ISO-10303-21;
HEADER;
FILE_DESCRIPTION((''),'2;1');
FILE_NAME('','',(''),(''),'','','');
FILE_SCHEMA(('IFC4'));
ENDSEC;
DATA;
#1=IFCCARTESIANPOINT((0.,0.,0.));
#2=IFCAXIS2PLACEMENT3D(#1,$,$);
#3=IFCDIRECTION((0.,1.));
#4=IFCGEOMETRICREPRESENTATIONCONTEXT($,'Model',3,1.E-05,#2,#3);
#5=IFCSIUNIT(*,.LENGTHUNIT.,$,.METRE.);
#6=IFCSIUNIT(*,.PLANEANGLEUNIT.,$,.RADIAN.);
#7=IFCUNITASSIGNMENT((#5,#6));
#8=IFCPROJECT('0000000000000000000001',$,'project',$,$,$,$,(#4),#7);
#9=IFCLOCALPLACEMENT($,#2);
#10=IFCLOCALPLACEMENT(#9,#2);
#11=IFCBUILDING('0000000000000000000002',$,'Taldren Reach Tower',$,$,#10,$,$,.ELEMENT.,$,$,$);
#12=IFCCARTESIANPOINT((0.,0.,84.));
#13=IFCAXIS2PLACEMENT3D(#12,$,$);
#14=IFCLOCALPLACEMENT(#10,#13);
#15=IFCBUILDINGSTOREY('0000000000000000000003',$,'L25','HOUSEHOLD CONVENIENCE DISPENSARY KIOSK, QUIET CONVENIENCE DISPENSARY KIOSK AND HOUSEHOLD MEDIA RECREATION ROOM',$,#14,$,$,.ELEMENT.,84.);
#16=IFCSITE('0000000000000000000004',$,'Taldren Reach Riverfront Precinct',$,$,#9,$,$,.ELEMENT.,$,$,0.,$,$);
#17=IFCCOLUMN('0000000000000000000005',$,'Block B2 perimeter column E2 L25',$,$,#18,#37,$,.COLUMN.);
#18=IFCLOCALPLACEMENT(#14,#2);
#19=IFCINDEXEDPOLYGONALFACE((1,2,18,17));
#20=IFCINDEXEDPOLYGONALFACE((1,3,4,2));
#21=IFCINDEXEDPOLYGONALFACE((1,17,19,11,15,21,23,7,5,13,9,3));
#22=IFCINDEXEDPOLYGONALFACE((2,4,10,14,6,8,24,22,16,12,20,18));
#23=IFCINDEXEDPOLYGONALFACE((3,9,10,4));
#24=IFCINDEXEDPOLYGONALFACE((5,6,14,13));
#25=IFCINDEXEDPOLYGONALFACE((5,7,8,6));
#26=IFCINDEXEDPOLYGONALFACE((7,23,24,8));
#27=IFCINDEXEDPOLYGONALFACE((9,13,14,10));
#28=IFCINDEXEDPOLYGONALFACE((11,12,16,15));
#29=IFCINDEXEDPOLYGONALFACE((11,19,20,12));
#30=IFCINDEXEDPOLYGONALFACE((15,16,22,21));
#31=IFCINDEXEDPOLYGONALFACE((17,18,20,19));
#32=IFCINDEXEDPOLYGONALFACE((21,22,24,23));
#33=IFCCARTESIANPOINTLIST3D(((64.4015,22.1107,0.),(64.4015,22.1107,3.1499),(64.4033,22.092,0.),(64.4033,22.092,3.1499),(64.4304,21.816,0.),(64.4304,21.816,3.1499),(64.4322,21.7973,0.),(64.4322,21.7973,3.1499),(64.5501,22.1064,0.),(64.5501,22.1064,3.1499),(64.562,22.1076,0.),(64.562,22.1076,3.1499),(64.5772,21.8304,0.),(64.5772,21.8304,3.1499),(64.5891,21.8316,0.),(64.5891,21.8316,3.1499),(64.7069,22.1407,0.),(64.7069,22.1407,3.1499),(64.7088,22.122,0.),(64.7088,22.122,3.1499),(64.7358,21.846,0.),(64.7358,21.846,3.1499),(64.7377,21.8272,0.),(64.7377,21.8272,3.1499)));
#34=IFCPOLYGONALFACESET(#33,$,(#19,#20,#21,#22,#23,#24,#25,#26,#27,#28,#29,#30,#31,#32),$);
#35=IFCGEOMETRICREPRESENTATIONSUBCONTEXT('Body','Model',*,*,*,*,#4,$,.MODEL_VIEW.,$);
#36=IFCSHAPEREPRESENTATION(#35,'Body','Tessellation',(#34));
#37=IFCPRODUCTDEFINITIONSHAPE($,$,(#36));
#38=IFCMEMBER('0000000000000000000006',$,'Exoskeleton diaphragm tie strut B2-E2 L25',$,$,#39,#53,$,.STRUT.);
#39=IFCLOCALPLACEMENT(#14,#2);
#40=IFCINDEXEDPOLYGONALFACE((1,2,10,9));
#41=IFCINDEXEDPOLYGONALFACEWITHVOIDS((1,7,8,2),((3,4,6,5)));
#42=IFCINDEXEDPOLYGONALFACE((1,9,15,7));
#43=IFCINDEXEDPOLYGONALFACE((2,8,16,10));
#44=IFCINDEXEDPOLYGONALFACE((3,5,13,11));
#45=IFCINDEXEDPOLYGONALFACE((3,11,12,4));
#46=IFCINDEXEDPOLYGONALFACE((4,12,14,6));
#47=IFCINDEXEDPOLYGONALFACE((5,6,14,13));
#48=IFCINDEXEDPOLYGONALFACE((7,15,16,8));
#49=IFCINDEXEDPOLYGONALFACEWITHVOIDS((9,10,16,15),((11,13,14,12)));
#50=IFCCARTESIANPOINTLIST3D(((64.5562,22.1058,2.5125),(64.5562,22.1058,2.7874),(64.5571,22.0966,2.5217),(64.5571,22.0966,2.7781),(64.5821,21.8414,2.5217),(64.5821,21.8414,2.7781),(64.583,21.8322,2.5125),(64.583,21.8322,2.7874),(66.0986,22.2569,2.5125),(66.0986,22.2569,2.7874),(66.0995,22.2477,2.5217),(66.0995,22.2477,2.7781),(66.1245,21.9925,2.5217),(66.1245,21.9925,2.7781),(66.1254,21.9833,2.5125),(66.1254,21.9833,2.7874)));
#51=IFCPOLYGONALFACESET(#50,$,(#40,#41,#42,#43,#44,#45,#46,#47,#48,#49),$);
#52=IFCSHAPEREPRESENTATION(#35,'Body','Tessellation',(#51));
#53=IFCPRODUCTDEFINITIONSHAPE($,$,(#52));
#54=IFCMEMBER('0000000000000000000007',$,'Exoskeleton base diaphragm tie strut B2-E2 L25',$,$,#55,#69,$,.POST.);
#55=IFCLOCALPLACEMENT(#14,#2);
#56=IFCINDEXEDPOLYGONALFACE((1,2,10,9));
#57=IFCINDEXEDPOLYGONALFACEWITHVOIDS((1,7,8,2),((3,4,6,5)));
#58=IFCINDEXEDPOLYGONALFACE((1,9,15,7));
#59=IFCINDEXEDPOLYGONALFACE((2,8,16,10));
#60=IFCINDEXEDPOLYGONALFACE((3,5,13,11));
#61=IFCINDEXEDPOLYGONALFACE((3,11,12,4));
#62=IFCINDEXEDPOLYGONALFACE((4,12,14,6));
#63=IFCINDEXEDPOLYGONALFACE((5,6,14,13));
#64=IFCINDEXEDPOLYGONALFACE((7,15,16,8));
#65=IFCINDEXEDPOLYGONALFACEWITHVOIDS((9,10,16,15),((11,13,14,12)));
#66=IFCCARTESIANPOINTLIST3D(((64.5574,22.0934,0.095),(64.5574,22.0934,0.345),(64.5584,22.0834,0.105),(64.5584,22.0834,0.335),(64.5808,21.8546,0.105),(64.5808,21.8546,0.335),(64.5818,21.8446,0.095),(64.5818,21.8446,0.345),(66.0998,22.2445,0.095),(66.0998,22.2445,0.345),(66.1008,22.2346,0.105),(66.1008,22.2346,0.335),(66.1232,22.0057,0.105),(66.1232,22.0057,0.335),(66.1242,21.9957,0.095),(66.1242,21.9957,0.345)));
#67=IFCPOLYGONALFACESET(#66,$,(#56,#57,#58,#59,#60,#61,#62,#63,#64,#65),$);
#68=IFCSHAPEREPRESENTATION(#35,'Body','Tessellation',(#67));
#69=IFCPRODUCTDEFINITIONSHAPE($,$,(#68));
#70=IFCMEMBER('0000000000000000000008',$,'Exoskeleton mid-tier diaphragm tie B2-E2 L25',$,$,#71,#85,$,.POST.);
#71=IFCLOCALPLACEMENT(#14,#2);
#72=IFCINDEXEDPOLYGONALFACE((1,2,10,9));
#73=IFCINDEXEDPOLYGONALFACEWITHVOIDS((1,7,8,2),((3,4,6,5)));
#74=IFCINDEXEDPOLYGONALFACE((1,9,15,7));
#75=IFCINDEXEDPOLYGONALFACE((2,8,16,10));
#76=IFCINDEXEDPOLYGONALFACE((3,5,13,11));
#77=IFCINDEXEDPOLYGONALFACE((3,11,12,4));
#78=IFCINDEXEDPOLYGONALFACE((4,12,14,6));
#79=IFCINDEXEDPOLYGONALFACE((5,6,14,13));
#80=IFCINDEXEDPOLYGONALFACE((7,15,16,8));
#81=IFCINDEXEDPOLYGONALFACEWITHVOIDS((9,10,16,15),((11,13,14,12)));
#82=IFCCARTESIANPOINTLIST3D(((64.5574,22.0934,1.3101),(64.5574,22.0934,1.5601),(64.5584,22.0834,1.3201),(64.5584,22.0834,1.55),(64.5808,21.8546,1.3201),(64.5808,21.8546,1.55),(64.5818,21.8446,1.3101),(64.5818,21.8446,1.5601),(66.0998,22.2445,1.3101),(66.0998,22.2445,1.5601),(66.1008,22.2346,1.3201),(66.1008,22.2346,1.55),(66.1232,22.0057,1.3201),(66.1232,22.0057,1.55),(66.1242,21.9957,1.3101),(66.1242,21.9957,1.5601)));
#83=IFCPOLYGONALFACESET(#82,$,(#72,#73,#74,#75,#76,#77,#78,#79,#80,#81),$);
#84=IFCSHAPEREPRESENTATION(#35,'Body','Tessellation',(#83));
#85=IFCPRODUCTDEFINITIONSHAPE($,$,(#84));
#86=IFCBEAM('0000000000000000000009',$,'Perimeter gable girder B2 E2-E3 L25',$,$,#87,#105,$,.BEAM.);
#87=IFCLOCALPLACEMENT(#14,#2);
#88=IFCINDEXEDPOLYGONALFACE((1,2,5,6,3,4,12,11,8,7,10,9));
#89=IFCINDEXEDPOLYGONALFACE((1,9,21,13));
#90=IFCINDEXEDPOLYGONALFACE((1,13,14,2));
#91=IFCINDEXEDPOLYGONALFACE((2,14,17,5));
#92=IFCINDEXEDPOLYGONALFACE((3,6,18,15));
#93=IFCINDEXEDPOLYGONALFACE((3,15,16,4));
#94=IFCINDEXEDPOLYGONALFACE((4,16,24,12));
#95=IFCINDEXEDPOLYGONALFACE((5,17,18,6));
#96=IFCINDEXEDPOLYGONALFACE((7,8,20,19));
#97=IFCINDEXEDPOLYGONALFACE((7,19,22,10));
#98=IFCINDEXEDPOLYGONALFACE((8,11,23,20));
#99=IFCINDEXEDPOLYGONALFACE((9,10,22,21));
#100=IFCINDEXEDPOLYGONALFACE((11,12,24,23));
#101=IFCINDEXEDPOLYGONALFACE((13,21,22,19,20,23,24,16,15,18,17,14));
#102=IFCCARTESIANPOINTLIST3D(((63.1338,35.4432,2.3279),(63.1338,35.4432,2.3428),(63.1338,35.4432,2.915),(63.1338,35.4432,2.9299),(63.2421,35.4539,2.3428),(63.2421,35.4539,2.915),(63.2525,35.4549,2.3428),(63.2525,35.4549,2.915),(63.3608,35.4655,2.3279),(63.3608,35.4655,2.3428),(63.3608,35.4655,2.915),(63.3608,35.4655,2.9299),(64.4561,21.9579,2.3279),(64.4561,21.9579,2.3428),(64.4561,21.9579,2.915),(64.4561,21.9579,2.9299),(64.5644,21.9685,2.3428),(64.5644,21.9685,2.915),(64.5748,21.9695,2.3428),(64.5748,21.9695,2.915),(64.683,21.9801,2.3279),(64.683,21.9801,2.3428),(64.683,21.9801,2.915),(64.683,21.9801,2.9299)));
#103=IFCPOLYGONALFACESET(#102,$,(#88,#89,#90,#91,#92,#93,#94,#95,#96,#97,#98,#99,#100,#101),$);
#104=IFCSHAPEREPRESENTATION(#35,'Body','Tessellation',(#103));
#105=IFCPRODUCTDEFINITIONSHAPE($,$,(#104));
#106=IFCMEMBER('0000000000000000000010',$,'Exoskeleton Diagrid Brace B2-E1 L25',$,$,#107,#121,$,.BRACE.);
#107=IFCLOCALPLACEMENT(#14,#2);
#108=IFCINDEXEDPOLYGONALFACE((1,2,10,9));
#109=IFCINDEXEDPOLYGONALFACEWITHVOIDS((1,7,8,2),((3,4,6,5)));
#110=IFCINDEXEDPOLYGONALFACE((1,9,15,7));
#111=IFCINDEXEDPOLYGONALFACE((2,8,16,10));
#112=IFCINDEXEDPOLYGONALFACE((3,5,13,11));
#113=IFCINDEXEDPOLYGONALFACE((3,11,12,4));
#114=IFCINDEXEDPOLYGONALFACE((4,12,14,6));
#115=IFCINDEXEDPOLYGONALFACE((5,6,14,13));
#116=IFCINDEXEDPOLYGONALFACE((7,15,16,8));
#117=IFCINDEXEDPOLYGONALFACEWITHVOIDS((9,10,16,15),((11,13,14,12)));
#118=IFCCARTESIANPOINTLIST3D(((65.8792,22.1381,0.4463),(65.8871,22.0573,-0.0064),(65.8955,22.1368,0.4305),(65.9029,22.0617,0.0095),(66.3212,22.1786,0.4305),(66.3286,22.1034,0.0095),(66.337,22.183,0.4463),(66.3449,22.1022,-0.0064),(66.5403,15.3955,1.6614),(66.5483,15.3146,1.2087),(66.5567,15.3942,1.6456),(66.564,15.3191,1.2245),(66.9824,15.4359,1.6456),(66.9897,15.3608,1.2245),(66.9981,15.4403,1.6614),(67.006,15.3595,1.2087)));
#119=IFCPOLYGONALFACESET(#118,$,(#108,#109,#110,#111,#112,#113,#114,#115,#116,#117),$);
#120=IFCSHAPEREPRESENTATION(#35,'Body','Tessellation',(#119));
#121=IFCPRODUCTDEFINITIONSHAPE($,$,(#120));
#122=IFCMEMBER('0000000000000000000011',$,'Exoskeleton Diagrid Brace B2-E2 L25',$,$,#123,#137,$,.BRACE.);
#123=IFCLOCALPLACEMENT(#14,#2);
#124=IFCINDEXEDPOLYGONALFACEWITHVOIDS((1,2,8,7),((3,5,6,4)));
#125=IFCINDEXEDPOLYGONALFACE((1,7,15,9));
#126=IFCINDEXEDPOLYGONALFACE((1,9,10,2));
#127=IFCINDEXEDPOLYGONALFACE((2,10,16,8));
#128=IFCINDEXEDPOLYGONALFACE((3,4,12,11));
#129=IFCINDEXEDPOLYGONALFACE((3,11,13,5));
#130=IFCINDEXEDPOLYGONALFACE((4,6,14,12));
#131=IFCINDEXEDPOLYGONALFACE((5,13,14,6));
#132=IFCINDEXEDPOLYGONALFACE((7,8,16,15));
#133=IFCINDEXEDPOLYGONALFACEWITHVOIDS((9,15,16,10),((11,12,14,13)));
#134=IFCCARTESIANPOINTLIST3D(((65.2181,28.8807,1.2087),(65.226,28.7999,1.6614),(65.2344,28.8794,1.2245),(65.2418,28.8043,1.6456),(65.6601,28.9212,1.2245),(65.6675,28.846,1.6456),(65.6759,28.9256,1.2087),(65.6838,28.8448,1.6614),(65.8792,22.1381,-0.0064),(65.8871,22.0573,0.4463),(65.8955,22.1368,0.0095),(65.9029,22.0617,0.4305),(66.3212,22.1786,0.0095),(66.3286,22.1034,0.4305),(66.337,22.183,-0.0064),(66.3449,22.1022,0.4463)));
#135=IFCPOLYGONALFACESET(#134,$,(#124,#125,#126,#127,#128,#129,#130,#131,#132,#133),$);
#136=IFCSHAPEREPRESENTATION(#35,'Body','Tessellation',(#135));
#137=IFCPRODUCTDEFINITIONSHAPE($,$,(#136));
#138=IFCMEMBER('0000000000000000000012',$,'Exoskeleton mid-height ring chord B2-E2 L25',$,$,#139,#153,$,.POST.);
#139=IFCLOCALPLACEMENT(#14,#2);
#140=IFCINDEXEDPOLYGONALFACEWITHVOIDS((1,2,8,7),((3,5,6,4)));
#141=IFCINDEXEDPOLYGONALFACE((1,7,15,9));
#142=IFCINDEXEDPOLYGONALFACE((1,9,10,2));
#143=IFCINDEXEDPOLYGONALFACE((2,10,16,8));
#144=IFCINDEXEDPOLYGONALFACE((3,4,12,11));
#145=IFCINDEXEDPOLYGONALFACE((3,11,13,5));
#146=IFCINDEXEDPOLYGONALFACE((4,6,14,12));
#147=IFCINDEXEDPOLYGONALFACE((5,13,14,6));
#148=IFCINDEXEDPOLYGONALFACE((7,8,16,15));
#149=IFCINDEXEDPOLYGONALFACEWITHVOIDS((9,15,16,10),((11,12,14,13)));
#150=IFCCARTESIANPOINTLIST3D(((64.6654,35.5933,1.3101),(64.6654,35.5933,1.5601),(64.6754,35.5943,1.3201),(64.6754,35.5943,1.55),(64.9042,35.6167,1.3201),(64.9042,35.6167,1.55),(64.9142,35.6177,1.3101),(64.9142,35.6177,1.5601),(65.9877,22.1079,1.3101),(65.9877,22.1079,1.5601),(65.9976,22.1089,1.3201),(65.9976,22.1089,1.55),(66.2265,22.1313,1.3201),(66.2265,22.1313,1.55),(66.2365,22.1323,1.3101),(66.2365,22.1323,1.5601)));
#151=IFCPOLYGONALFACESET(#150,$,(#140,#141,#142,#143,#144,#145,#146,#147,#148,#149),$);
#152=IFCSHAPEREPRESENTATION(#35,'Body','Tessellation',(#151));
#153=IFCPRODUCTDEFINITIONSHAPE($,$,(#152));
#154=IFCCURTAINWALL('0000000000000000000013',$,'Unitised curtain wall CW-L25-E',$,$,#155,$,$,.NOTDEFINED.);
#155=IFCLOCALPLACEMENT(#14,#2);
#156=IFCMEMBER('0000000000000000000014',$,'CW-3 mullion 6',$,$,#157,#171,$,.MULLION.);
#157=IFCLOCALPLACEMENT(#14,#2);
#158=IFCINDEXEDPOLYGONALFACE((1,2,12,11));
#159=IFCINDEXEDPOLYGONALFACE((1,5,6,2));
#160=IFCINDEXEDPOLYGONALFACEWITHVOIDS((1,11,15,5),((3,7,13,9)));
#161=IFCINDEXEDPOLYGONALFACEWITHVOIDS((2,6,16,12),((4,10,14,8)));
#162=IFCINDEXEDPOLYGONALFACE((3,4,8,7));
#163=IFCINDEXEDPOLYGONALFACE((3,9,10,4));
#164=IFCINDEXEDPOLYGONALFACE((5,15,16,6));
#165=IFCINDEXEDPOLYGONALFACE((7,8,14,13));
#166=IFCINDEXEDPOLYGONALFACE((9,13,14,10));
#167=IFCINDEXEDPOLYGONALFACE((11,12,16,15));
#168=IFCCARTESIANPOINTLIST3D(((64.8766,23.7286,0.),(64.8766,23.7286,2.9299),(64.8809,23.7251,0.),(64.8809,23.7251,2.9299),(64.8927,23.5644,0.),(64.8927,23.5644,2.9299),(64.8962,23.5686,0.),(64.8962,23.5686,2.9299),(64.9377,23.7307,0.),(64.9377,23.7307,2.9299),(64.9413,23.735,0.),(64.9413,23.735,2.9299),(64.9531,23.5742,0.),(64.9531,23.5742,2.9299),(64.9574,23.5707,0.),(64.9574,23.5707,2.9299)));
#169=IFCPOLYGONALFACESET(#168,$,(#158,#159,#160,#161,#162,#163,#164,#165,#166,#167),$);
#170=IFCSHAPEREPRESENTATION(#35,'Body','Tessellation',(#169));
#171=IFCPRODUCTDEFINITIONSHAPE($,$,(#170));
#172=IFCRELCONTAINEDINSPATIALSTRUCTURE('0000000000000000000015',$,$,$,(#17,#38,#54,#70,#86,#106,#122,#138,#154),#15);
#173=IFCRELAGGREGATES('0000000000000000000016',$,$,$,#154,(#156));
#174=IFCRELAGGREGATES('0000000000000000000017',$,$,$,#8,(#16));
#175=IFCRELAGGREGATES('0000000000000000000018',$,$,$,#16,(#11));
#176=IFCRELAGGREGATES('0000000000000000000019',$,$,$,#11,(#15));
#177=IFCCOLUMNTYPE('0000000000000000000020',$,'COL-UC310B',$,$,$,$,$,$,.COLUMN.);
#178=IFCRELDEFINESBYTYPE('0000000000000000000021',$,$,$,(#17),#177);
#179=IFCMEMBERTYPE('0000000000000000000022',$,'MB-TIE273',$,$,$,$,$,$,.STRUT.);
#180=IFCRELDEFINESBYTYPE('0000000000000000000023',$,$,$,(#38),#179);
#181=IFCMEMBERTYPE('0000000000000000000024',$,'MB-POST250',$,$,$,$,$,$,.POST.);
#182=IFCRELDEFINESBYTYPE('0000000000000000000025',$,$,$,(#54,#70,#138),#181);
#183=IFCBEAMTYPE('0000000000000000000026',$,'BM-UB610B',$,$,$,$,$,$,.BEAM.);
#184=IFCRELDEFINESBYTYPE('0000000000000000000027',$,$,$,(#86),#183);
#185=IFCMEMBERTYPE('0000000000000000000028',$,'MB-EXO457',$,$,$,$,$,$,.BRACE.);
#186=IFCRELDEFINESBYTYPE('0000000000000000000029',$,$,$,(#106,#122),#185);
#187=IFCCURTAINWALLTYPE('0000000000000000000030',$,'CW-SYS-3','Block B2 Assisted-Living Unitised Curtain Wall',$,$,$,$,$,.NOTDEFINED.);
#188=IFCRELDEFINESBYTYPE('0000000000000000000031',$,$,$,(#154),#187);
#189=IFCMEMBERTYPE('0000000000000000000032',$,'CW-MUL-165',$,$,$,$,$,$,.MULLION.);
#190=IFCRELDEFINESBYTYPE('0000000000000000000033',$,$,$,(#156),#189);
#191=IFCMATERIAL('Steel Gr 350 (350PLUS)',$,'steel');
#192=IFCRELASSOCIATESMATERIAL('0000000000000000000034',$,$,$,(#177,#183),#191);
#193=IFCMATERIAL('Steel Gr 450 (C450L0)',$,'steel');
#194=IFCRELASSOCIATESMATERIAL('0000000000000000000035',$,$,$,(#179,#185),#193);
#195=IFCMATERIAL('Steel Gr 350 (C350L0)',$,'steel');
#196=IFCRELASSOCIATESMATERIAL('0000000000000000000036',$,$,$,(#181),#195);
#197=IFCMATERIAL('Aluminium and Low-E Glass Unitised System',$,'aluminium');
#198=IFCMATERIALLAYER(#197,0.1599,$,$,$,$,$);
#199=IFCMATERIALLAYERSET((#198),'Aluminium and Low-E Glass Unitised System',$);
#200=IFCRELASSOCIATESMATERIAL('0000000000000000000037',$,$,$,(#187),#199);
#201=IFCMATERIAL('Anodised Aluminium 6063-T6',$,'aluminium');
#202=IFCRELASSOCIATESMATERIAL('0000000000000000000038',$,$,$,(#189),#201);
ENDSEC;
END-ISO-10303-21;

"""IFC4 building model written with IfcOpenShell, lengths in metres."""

from ifc_helpers import new_model, si_unit, direction, frame, origin, origin_2d, place, context, subcontext, project, spatial, hollow_rectangle, i_section, extrude, source, transform, mapped, material, layer, layer_set, material_profile, profile_set, type_object, element, aggregate, save


model = new_model("IFC4")

# Units and contexts
model_context = context("Model", 3, precision=1e-05, world=origin(), true_north=direction((0.0, 1.0)))
body_context = subcontext(model_context, "Body", "Model", "MODEL_VIEW")
ifc_project = project(units=[si_unit("LENGTHUNIT", "METRE"), si_unit("PLANEANGLEUNIT", "RADIAN")], contexts=[model_context])

# Site, building, storey
site_placement = place(None, origin())
site = spatial("IfcSite", under=ifc_project, at=site_placement, Name="Taldren Reach Riverfront Precinct", CompositionType="ELEMENT", RefElevation=0.0)
building_placement = place(site_placement, origin())
building = spatial("IfcBuilding", under=site, at=building_placement, Name="Taldren Reach Tower", CompositionType="ELEMENT")
storey_placement = place(building_placement, frame((0.0, 0.0, 84.0)))
storey = spatial("IfcBuildingStorey", under=building, at=storey_placement, Name="L25", Description="HOUSEHOLD CONVENIENCE DISPENSARY KIOSK, QUIET CONVENIENCE DISPENSARY KIOSK AND HOUSEHOLD MEDIA RECREATION ROOM", CompositionType="ELEMENT", Elevation=84.0)

# Column
ifc_material_1 = material(Name="Steel Gr 350 (350PLUS)", Category="steel")
ifc_material_profile_1 = material_profile(ifc_material_1, i_section(OverallWidth=0.3069, OverallDepth=0.3149, WebThickness=0.012, FlangeThickness=0.0188, at=origin_2d()), Name="310UC118")
ifc_profile_set_1 = profile_set([ifc_material_profile_1], Name="Steel Gr 350 (350PLUS)")
column_type = type_object("IfcColumnType", Name="COL-UC310B", PredefinedType="COLUMN", material=ifc_profile_set_1)
shared_shape_1 = source(origin(), body_context, "Body", "SweptSolid", [
    extrude(i_section(OverallWidth=0.3069, OverallDepth=0.3149, WebThickness=0.012, FlangeThickness=0.0188, at=origin_2d()), origin(), (0.0, 0.0, 1.0), 3.1499),
])
column_placement = place(storey_placement, frame((64.5696, 21.969, 0.0), z_axis=(0.0, 0.0, 1.0), x_axis=(0.995227, 0.097583, 0.0)))
element("IfcColumn", 1, at=column_placement, inside=storey, type_object=column_type, Name="Block B2 perimeter column E2 L25", PredefinedType="COLUMN", context=body_context, shape_type="MappedRepresentation", body=[
    mapped(shared_shape_1, transform((0.0, 0.0, 0.0), scale=1.0)),
])

# Members
ifc_material_2 = material(Name="Steel Gr 450 (C450L0)", Category="steel")
ifc_material_profile_2 = material_profile(ifc_material_2, hollow_rectangle(XDim=0.2749, YDim=0.2749, WallThickness=0.0093, at=origin_2d()), Name="275x275x9.3SHS")
ifc_profile_set_2 = profile_set([ifc_material_profile_2], Name="Steel Gr 450 (C450L0)")
member_type_1 = type_object("IfcMemberType", Name="MB-TIE273", PredefinedType="STRUT", material=ifc_profile_set_2)
shared_shape_2 = source(origin(), body_context, "Body", "SweptSolid", [
    extrude(hollow_rectangle(XDim=0.2749, YDim=0.2749, WallThickness=0.0093, at=origin_2d()), origin(), (0.0, 0.0, 1.0), 1.5498),
])
member_1_placement = place(storey_placement, frame((64.5696, 21.969, 2.6499), z_axis=(0.995235, 0.097507, 0.0), x_axis=(-0.097507, 0.995235, 0.0)))
element("IfcMember", 2, at=member_1_placement, inside=storey, type_object=member_type_1, Name="Exoskeleton diaphragm tie strut B2-E2 L25", PredefinedType="STRUT", context=body_context, shape_type="MappedRepresentation", body=[
    mapped(shared_shape_2, transform((0.0, 0.0, 0.0), scale=1.0)),
])
ifc_material_3 = material(Name="Steel Gr 350 (C350L0)", Category="steel")
ifc_material_profile_3 = material_profile(ifc_material_3, hollow_rectangle(XDim=0.25, YDim=0.25, WallThickness=0.01, at=origin_2d()), Name="250x250x10.0SHS")
ifc_profile_set_3 = profile_set([ifc_material_profile_3], Name="Steel Gr 350 (C350L0)")
member_type_2 = type_object("IfcMemberType", Name="MB-POST250", PredefinedType="POST", material=ifc_profile_set_3)
shared_shape_3 = source(origin(), body_context, "Body", "SweptSolid", [
    extrude(hollow_rectangle(XDim=0.25, YDim=0.25, WallThickness=0.01, at=origin_2d()), origin(), (0.0, 0.0, 1.0), 1.5498),
])
for number, where, z_axis, x_axis, name in (
    (3, (64.5696, 21.969, 0.22), (0.995235, 0.097507, 0.0), (-0.097507, 0.995235, 0.0), "Exoskeleton base diaphragm tie strut B2-E2 L25"),
    (4, (64.5696, 21.969, 1.4351), (0.995235, 0.097507, 0.0), (-0.097507, 0.995235, 0.0), "Exoskeleton mid-tier diaphragm tie B2-E2 L25"),
):
    element("IfcMember", number, at=place(storey_placement, frame(where, z_axis=z_axis, x_axis=x_axis)), inside=storey, type_object=member_type_2, Name=name, PredefinedType="POST", context=body_context, shape_type="MappedRepresentation", body=[
        mapped(shared_shape_3, transform((0.0, 0.0, 0.0), scale=1.0)),
    ])

# Beam
ifc_material_profile_4 = material_profile(ifc_material_1, i_section(OverallWidth=0.228, OverallDepth=0.6021, WebThickness=0.0105, FlangeThickness=0.0149, at=origin_2d()), Name="610UB101")
ifc_profile_set_4 = profile_set([ifc_material_profile_4], Name="Steel Gr 350 (350PLUS)")
beam_type = type_object("IfcBeamType", Name="BM-UB610B", PredefinedType="BEAM", material=ifc_profile_set_4)
shared_shape_4 = source(origin(), body_context, "Body", "SweptSolid", [
    extrude(i_section(OverallWidth=0.228, OverallDepth=0.6021, WebThickness=0.0105, FlangeThickness=0.0149, at=origin_2d()), origin(), (0.0, 0.0, 1.0), 13.55),
])
beam_placement = place(storey_placement, frame((64.5696, 21.969, 2.6289), z_axis=(-0.097584, 0.995227, 0.0), x_axis=(-0.995227, -0.097584, 0.0)))
element("IfcBeam", 5, at=beam_placement, inside=storey, type_object=beam_type, Name="Perimeter gable girder B2 E2-E3 L25", PredefinedType="BEAM", context=body_context, shape_type="MappedRepresentation", body=[
    mapped(shared_shape_4, transform((0.0, 0.0, 0.0), scale=1.0)),
])

# Members
ifc_material_profile_5 = material_profile(ifc_material_2, hollow_rectangle(XDim=0.46, YDim=0.46, WallThickness=0.0161, at=origin_2d()), Name="460x460x16.0SHS")
ifc_profile_set_5 = profile_set([ifc_material_profile_5], Name="Steel Gr 450 (C450L0)")
member_type_3 = type_object("IfcMemberType", Name="MB-EXO457", PredefinedType="BRACE", material=ifc_profile_set_5)
shared_shape_5 = source(origin(), body_context, "Body", "SweptSolid", [
    extrude(hollow_rectangle(XDim=0.46, YDim=0.46, WallThickness=0.0161, at=origin_2d()), origin(), (0.0, 0.0, 1.0), 6.8831),
])
for number, where, z_axis, x_axis, name in (
    (6, (66.1121, 22.1201, 0.22), (0.096051, -0.979597, 0.176532), (0.995227, 0.097584, 0.0), "Exoskeleton Diagrid Brace B2-E1 L25"),
    (7, (66.1121, 22.1201, 0.22), (-0.096051, 0.979597, 0.176532), (-0.995227, -0.097584, 0.0), "Exoskeleton Diagrid Brace B2-E2 L25"),
):
    element("IfcMember", number, at=place(storey_placement, frame(where, z_axis=z_axis, x_axis=x_axis)), inside=storey, type_object=member_type_3, Name=name, PredefinedType="BRACE", context=body_context, shape_type="MappedRepresentation", body=[
        mapped(shared_shape_5, transform((0.0, 0.0, 0.0), scale=1.0)),
    ])
shared_shape_6 = source(origin(), body_context, "Body", "SweptSolid", [
    extrude(hollow_rectangle(XDim=0.25, YDim=0.25, WallThickness=0.01, at=origin_2d()), origin(), (0.0, 0.0, 1.0), 13.55),
])
member_2_placement = place(storey_placement, frame((66.1121, 22.1201, 1.4351), z_axis=(-0.097584, 0.995227, 0.0), x_axis=(-0.995227, -0.097584, 0.0)))
element("IfcMember", 8, at=member_2_placement, inside=storey, type_object=member_type_2, Name="Exoskeleton mid-height ring chord B2-E2 L25", PredefinedType="POST", context=body_context, shape_type="MappedRepresentation", body=[
    mapped(shared_shape_6, transform((0.0, 0.0, 0.0), scale=1.0)),
])

# Curtain wall, member
ifc_material_4 = material(Name="Aluminium and Low-E Glass Unitised System", Category="aluminium")
ifc_layer_1 = layer(ifc_material_4, 0.1599)
ifc_layer_set_1 = layer_set([ifc_layer_1], Name="Aluminium and Low-E Glass Unitised System")
curtain_wall_type = type_object("IfcCurtainWallType", Name="CW-SYS-3", Description="Block B2 Assisted-Living Unitised Curtain Wall", PredefinedType="NOTDEFINED", material=ifc_layer_set_1)
curtain_wall_placement = place(storey_placement, origin())
curtain_wall = element("IfcCurtainWall", 9, at=curtain_wall_placement, inside=storey, type_object=curtain_wall_type, Name="Unitised curtain wall CW-L25-E", PredefinedType="NOTDEFINED")
ifc_material_5 = material(Name="Anodised Aluminium 6063-T6", Category="aluminium")
ifc_material_profile_6 = material_profile(ifc_material_5, hollow_rectangle(XDim=0.0649, YDim=0.165, WallThickness=0.0039, at=origin_2d()), Name="ALU-165x65x4RHS")
ifc_profile_set_6 = profile_set([ifc_material_profile_6], Name="Anodised Aluminium 6063-T6")
member_type_4 = type_object("IfcMemberType", Name="CW-MUL-165", PredefinedType="MULLION", material=ifc_profile_set_6)
shared_shape_7 = source(origin(), body_context, "Body", "SweptSolid", [
    extrude(hollow_rectangle(XDim=0.0649, YDim=0.165, WallThickness=0.0039, at=origin_2d()), origin(), (0.0, 0.0, 1.0), 2.9299),
])
member_3_placement = place(storey_placement, frame((64.917, 23.6497, 0.0), z_axis=(0.0, 0.0, 1.0), x_axis=(-0.995227, -0.097583, 0.0)))
member_3 = element("IfcMember", 10, at=member_3_placement, type_object=member_type_4, Name="CW-3 mullion 6", PredefinedType="MULLION", context=body_context, shape_type="MappedRepresentation", body=[
    mapped(shared_shape_7, transform((0.0, 0.0, 0.0), scale=1.0)),
])

aggregate(curtain_wall, [member_3])

save(model, "model.ifc")
